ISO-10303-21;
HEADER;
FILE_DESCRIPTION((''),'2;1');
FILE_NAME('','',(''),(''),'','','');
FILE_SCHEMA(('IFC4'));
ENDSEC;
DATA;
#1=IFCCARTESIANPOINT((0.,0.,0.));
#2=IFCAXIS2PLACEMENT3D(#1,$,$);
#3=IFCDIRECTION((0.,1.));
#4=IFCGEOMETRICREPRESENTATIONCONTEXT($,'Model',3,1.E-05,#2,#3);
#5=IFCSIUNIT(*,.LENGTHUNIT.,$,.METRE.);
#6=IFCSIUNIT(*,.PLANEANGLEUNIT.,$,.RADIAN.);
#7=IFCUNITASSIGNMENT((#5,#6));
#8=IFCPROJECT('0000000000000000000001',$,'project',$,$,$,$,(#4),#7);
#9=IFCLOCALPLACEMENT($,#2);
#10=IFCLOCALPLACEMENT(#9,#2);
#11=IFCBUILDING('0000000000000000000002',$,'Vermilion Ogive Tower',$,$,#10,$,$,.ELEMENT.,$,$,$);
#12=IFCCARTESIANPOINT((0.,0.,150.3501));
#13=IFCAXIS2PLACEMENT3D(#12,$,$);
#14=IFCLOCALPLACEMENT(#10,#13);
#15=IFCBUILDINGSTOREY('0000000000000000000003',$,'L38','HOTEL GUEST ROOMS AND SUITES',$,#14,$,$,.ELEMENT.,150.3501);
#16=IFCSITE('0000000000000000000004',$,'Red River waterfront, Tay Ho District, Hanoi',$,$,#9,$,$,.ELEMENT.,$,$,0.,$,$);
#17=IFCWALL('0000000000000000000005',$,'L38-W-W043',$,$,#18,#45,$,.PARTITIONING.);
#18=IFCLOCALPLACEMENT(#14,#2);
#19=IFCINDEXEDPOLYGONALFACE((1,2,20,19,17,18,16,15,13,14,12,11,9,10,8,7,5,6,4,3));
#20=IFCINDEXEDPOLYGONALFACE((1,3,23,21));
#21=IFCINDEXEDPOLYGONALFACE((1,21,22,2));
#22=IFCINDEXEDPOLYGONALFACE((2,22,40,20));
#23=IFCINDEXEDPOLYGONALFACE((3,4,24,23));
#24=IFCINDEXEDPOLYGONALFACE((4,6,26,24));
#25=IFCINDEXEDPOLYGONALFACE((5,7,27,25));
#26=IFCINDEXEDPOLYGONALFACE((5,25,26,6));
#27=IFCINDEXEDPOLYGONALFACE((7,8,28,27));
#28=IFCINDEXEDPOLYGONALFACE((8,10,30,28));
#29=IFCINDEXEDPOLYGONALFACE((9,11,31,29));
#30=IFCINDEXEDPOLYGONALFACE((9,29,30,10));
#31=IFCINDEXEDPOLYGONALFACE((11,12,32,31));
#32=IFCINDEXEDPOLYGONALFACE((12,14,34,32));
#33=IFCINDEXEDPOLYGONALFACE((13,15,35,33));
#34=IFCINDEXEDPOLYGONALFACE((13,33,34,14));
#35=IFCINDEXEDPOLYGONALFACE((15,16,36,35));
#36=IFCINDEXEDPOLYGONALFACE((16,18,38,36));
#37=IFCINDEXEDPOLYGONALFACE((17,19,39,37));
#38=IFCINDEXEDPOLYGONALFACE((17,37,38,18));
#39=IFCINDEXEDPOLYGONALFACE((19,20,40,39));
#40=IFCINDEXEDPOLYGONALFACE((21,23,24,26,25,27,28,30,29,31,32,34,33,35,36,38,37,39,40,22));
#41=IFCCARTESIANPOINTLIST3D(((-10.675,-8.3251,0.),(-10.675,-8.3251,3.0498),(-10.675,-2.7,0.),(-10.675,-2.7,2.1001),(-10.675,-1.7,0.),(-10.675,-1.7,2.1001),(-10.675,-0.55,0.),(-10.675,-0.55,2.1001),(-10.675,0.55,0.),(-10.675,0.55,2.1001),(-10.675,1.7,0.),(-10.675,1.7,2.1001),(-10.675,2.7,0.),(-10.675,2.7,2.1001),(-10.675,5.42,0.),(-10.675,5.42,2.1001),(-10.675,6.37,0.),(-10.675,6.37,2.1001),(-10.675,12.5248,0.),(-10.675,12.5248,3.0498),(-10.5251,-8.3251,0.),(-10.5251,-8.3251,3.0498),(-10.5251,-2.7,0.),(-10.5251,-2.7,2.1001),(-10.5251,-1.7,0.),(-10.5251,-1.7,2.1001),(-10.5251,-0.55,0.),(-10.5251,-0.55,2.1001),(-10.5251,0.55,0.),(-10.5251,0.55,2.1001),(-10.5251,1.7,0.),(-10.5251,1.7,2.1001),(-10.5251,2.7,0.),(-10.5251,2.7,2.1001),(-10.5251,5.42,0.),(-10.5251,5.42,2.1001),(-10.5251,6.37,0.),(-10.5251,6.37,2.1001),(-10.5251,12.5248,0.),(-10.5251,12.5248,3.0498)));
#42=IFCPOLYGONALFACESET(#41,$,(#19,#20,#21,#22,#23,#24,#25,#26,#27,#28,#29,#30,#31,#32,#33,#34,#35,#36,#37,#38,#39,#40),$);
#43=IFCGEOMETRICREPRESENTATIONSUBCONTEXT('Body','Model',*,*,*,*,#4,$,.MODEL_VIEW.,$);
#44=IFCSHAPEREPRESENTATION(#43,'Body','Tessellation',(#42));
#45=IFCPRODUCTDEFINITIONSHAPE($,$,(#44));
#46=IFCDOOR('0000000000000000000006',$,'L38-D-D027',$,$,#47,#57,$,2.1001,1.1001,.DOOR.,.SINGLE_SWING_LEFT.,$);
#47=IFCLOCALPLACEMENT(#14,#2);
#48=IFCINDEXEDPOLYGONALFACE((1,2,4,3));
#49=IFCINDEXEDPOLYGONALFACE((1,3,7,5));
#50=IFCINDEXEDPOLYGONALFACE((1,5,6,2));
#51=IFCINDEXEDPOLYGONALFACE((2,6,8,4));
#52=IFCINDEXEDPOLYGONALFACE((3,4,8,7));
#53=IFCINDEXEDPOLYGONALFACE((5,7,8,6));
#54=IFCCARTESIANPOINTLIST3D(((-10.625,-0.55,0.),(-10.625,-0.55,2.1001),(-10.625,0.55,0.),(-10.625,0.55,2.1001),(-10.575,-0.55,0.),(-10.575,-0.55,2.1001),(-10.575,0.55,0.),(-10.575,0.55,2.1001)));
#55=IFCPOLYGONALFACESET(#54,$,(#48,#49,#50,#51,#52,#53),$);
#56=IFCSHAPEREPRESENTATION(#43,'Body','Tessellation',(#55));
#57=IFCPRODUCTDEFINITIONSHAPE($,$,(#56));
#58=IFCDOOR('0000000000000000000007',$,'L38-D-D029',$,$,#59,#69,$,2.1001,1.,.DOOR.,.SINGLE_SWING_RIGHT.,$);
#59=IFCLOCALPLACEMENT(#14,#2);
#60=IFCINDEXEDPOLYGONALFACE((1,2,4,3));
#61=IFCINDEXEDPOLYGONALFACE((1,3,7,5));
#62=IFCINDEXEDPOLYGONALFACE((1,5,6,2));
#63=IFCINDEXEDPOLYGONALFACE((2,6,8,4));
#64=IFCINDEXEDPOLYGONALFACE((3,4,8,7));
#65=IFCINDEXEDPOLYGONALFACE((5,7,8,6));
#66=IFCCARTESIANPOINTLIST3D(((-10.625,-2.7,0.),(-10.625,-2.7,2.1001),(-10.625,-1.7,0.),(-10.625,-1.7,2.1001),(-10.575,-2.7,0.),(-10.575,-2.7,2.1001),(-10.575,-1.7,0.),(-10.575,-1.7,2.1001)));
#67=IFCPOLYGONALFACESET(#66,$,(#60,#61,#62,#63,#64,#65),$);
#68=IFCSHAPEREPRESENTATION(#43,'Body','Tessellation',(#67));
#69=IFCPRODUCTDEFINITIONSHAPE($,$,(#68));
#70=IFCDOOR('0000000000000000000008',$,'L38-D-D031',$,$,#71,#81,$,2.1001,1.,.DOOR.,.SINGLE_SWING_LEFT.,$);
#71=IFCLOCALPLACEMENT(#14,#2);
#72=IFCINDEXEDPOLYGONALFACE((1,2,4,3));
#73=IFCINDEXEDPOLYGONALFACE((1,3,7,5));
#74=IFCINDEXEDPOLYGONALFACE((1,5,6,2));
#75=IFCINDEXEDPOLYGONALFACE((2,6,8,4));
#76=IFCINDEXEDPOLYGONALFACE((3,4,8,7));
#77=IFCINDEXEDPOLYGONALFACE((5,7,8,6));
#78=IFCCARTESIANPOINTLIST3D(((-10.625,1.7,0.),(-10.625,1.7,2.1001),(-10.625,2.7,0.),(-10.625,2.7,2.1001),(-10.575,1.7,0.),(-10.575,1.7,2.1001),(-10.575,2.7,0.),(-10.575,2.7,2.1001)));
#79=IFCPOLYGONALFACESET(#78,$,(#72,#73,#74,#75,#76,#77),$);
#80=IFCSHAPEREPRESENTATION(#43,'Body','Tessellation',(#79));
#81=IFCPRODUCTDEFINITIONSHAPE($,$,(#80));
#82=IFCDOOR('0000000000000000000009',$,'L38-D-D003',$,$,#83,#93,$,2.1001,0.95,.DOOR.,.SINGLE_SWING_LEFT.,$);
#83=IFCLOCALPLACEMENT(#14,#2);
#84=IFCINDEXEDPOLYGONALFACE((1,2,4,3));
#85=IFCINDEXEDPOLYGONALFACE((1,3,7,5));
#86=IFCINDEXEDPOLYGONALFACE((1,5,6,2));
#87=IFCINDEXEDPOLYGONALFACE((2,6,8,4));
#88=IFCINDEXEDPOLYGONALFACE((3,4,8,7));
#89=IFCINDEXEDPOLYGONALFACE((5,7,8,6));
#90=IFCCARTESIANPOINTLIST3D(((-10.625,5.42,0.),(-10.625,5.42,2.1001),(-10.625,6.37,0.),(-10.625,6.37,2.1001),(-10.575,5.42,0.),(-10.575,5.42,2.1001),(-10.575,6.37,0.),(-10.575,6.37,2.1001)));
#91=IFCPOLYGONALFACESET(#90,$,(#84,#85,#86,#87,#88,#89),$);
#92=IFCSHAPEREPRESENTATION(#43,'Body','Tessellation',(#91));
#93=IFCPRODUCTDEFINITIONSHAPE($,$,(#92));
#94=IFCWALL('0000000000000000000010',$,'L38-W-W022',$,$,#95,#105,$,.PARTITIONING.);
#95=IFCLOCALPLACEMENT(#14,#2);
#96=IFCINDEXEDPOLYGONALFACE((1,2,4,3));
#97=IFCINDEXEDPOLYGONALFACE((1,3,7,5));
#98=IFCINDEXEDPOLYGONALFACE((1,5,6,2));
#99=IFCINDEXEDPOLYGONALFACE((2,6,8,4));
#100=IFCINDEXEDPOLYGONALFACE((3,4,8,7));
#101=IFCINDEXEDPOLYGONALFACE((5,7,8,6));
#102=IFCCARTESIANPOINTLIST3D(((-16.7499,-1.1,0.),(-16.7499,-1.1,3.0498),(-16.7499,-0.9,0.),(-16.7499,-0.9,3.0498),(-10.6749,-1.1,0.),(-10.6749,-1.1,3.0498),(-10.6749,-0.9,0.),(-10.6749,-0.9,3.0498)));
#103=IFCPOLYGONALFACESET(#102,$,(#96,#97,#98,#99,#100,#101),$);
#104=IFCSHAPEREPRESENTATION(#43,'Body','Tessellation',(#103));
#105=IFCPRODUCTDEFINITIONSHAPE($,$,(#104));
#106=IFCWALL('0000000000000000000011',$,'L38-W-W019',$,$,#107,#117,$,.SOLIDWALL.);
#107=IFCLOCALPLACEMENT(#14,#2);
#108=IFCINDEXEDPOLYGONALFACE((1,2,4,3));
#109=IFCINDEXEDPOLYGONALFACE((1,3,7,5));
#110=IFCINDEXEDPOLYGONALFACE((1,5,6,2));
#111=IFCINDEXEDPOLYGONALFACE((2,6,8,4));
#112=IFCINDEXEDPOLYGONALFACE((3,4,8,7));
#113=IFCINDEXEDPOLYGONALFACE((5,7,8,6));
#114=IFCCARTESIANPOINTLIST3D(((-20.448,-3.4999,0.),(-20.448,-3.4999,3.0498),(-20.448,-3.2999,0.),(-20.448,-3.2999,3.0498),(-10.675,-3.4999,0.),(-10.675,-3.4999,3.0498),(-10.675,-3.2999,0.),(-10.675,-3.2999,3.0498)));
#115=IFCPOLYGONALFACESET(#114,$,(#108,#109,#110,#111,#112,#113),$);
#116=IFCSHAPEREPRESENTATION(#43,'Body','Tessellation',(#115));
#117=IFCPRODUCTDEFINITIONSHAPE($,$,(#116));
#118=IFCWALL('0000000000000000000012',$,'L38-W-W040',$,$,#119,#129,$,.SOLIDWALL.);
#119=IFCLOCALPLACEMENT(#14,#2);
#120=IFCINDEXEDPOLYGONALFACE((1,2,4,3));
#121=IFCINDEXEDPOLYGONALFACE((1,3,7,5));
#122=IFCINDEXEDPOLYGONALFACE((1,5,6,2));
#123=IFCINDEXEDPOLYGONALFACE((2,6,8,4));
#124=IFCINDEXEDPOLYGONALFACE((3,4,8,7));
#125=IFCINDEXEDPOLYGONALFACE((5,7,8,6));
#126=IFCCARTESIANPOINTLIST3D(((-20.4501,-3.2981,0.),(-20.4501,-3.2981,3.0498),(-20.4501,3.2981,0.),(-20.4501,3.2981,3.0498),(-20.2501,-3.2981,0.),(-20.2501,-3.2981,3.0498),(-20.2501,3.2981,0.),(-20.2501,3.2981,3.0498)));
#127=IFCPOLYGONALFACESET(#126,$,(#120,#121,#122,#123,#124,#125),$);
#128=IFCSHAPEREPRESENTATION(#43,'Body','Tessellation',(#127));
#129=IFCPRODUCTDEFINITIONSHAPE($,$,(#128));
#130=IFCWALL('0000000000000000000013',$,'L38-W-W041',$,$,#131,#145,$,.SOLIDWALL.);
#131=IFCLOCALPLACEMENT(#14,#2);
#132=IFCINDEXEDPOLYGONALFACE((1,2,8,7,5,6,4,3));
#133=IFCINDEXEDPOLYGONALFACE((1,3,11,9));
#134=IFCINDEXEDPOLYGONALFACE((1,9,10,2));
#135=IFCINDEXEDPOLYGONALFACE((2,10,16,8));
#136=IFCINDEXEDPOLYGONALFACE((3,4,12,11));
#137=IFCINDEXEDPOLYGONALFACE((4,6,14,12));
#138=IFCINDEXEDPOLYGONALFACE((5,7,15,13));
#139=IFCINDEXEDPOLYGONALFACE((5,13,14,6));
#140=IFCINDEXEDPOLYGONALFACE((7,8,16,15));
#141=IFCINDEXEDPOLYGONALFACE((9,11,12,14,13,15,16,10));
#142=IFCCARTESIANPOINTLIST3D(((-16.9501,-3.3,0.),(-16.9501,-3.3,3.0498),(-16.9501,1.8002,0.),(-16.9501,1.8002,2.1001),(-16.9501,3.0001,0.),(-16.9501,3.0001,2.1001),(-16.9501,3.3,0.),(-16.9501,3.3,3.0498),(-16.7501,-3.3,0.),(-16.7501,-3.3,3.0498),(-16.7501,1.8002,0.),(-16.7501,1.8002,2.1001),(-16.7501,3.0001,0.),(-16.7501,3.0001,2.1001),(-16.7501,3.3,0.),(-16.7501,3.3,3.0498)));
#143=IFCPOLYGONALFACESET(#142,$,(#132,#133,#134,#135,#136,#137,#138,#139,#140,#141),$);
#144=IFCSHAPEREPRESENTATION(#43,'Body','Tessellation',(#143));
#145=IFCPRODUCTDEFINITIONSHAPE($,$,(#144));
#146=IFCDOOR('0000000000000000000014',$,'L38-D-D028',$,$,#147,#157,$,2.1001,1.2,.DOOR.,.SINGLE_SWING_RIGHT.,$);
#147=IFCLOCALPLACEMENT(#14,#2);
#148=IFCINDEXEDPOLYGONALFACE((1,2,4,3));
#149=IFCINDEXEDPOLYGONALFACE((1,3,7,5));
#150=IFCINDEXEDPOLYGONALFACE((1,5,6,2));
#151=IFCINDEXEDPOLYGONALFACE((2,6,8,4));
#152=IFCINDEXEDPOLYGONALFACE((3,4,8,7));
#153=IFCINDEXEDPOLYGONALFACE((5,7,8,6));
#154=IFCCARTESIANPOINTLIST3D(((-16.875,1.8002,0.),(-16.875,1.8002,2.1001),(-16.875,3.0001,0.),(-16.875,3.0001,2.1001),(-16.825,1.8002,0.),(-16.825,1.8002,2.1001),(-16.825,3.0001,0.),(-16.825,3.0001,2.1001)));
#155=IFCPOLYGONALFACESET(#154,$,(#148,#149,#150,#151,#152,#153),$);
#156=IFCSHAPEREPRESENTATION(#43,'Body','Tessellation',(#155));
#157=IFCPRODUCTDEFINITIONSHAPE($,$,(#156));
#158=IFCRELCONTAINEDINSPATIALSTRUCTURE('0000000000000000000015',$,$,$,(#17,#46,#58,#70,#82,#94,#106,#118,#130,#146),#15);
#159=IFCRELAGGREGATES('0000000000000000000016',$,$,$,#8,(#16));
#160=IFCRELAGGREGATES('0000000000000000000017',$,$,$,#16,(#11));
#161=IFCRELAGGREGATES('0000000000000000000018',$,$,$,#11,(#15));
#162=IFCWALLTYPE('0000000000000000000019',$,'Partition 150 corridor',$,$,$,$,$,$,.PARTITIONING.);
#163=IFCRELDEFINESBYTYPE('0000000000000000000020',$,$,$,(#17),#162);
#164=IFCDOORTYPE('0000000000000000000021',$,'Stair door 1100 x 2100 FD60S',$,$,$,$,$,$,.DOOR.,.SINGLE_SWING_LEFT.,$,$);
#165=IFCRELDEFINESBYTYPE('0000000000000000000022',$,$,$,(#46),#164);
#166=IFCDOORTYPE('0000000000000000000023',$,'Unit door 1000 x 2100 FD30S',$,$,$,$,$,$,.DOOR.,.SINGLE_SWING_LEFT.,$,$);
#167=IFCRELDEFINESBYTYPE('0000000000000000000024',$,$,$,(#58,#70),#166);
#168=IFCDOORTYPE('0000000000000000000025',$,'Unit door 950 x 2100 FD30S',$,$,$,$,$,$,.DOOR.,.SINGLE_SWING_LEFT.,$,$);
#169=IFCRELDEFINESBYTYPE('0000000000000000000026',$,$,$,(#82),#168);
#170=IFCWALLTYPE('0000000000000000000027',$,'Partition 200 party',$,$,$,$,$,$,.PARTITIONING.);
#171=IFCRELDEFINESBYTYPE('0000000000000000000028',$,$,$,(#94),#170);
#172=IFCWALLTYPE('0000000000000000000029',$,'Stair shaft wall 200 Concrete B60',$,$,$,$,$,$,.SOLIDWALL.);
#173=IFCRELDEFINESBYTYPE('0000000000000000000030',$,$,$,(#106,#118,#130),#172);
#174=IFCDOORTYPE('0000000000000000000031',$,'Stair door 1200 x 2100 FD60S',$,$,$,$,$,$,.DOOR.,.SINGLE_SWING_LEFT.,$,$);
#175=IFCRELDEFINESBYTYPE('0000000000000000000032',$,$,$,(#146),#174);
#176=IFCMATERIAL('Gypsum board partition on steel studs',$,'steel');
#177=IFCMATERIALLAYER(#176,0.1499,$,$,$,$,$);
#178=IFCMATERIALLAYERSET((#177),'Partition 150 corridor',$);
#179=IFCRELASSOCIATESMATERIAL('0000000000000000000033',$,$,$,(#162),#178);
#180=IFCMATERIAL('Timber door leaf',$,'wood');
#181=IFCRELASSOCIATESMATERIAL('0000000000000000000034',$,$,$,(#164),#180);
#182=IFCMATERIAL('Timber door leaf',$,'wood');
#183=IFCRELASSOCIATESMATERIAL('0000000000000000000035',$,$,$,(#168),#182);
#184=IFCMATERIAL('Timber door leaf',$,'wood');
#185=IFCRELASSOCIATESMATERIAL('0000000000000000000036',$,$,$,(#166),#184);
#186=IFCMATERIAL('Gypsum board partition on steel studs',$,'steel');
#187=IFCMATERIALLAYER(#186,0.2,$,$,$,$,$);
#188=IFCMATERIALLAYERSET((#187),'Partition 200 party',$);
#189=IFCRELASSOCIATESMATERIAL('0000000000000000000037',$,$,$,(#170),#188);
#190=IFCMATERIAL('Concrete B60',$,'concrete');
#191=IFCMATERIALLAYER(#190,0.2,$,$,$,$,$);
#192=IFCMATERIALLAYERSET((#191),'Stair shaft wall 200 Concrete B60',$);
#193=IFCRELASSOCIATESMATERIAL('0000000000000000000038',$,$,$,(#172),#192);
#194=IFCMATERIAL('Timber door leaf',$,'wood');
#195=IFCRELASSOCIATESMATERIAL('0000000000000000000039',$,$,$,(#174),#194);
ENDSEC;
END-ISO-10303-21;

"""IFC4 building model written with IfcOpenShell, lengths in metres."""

from ifc_helpers import new_model, si_unit, direction, frame, frame_2d, origin, place, context, subcontext, project, spatial, rectangle, extrude, material, layer, layer_set, type_object, element, fill, save


model = new_model("IFC4")

# Units and contexts
model_context = context("Model", 3, precision=1e-05, world=origin(), true_north=direction((0.0, 1.0)))
body_context = subcontext(model_context, "Body", "Model", "MODEL_VIEW")
ifc_project = project(units=[si_unit("LENGTHUNIT", "METRE"), si_unit("PLANEANGLEUNIT", "RADIAN")], contexts=[model_context])

# Site, building, storey
site_placement = place(None, origin())
site = spatial("IfcSite", under=ifc_project, at=site_placement, Name="Red River waterfront, Tay Ho District, Hanoi", CompositionType="ELEMENT", RefElevation=0.0)
building_placement = place(site_placement, origin())
building = spatial("IfcBuilding", under=site, at=building_placement, Name="Vermilion Ogive Tower", CompositionType="ELEMENT")
storey_placement = place(building_placement, frame((0.0, 0.0, 150.3501)))
storey = spatial("IfcBuildingStorey", under=building, at=storey_placement, Name="L38", Description="HOTEL GUEST ROOMS AND SUITES", CompositionType="ELEMENT", Elevation=150.3501)

# Shared definitions
ifc_material_1 = material(Name="Gypsum board partition on steel studs", Category="steel")
ifc_layer_1 = layer(ifc_material_1, 0.1499)
ifc_layer_set_1 = layer_set([ifc_layer_1], Name="Partition 150 corridor")
wall_type_1 = type_object("IfcWallType", Name="Partition 150 corridor", PredefinedType="PARTITIONING", material=ifc_layer_set_1)
ifc_material_2 = material(Name="Timber door leaf", Category="wood")
door_type_1 = type_object("IfcDoorType", Name="Stair door 1100 x 2100 FD60S", OperationType="SINGLE_SWING_LEFT", PredefinedType="DOOR", material=ifc_material_2)
ifc_material_3 = material(Name="Timber door leaf", Category="wood")
door_type_2 = type_object("IfcDoorType", Name="Unit door 950 x 2100 FD30S", OperationType="SINGLE_SWING_LEFT", PredefinedType="DOOR", material=ifc_material_3)

# Wall, openings, doors
wall_1_placement = place(storey_placement, frame((-10.6001, -8.325, 0.0), z_axis=(0.0, 0.0, 1.0), x_axis=(0.0, 1.0, 0.0)))
wall_1 = element("IfcWall", 1, at=wall_1_placement, inside=storey, type_object=wall_type_1, Name="L38-W-W043", PredefinedType="PARTITIONING", context=body_context, shape_type="SweptSolid", body=[
    extrude(rectangle(XDim=20.8499, YDim=0.1499, at=frame_2d((10.4248, 0.0))), origin(), (0.0, 0.0, 1.0), 3.0498),
])
opening_1_placement = place(wall_1_placement, frame((13.7449, 0.0, 0.0)))
opening_1 = element("IfcOpeningElement", 2, at=opening_1_placement, cuts=wall_1, PredefinedType="OPENING", context=body_context, shape_type="SweptSolid", body=[
    extrude(rectangle(XDim=0.95, YDim=2.1001, at=frame_2d((0.4751, 1.05))), frame((0.0, 0.085, 0.0), z_axis=(0.0, -1.0, 0.0), x_axis=(1.0, 0.0, 0.0)), (0.0, 0.0, 1.0), 0.1699),
])
opening_2_placement = place(wall_1_placement, frame((7.7749, 0.0, 0.0)))
opening_2 = element("IfcOpeningElement", 3, at=opening_2_placement, cuts=wall_1, PredefinedType="OPENING", context=body_context, shape_type="SweptSolid", body=[
    extrude(rectangle(XDim=1.1001, YDim=2.1001, at=frame_2d((0.55, 1.05))), frame((0.0, 0.085, 0.0), z_axis=(0.0, -1.0, 0.0), x_axis=(1.0, 0.0, 0.0)), (0.0, 0.0, 1.0), 0.1699),
])
opening_3_placement = place(wall_1_placement, frame((5.625, 0.0, 0.0)))
opening_3 = element("IfcOpeningElement", 4, at=opening_3_placement, cuts=wall_1, PredefinedType="OPENING", context=body_context, shape_type="SweptSolid", body=[
    extrude(rectangle(XDim=1.0, YDim=2.1001, at=frame_2d((0.5, 1.05))), frame((0.0, 0.085, 0.0), z_axis=(0.0, -1.0, 0.0), x_axis=(1.0, 0.0, 0.0)), (0.0, 0.0, 1.0), 0.1699),
])
opening_4_placement = place(wall_1_placement, frame((10.0249, 0.0, 0.0)))
opening_4 = element("IfcOpeningElement", 5, at=opening_4_placement, cuts=wall_1, PredefinedType="OPENING", context=body_context, shape_type="SweptSolid", body=[
    extrude(rectangle(XDim=1.0, YDim=2.1001, at=frame_2d((0.5, 1.05))), frame((0.0, 0.085, 0.0), z_axis=(0.0, -1.0, 0.0), x_axis=(1.0, 0.0, 0.0)), (0.0, 0.0, 1.0), 0.1699),
])
door_1_placement = place(opening_2_placement, origin())
door_1 = element("IfcDoor", 6, at=door_1_placement, inside=storey, type_object=door_type_1, Name="L38-D-D027", OperationType="SINGLE_SWING_LEFT", OverallHeight=2.1001, OverallWidth=1.1001, PredefinedType="DOOR", context=body_context, shape_type="SweptSolid", body=[
    extrude(rectangle(XDim=1.1001, YDim=2.1001, at=frame_2d((0.55, 1.05))), frame((0.0, 0.0249, 0.0), z_axis=(0.0, -1.0, 0.0), x_axis=(1.0, 0.0, 0.0)), (0.0, 0.0, 1.0), 0.05),
])
fill(opening_2, door_1)
ifc_material_4 = material(Name="Timber door leaf", Category="wood")
door_type_3 = type_object("IfcDoorType", Name="Unit door 1000 x 2100 FD30S", OperationType="SINGLE_SWING_LEFT", PredefinedType="DOOR", material=ifc_material_4)
door_2_placement = place(opening_3_placement, origin())
door_2 = element("IfcDoor", 7, at=door_2_placement, inside=storey, type_object=door_type_3, Name="L38-D-D029", OperationType="SINGLE_SWING_RIGHT", OverallHeight=2.1001, OverallWidth=1.0, PredefinedType="DOOR", context=body_context, shape_type="SweptSolid", body=[
    extrude(rectangle(XDim=1.0, YDim=2.1001, at=frame_2d((0.5, 1.05))), frame((0.0, 0.0249, 0.0), z_axis=(0.0, -1.0, 0.0), x_axis=(1.0, 0.0, 0.0)), (0.0, 0.0, 1.0), 0.05),
])
fill(opening_3, door_2)
door_3_placement = place(opening_4_placement, origin())
door_3 = element("IfcDoor", 8, at=door_3_placement, inside=storey, type_object=door_type_3, Name="L38-D-D031", OperationType="SINGLE_SWING_LEFT", OverallHeight=2.1001, OverallWidth=1.0, PredefinedType="DOOR", context=body_context, shape_type="SweptSolid", body=[
    extrude(rectangle(XDim=1.0, YDim=2.1001, at=frame_2d((0.5, 1.05))), frame((0.0, 0.0249, 0.0), z_axis=(0.0, -1.0, 0.0), x_axis=(1.0, 0.0, 0.0)), (0.0, 0.0, 1.0), 0.05),
])
fill(opening_4, door_3)
door_4_placement = place(opening_1_placement, origin())
door_4 = element("IfcDoor", 9, at=door_4_placement, inside=storey, type_object=door_type_2, Name="L38-D-D003", OperationType="SINGLE_SWING_LEFT", OverallHeight=2.1001, OverallWidth=0.95, PredefinedType="DOOR", context=body_context, shape_type="SweptSolid", body=[
    extrude(rectangle(XDim=0.95, YDim=2.1001, at=frame_2d((0.4751, 1.05))), frame((0.0, 0.0249, 0.0), z_axis=(0.0, -1.0, 0.0), x_axis=(1.0, 0.0, 0.0)), (0.0, 0.0, 1.0), 0.05),
])
fill(opening_1, door_4)

# Walls
ifc_material_5 = material(Name="Gypsum board partition on steel studs", Category="steel")
ifc_layer_2 = layer(ifc_material_5, 0.2)
ifc_layer_set_2 = layer_set([ifc_layer_2], Name="Partition 200 party")
wall_type_2 = type_object("IfcWallType", Name="Partition 200 party", PredefinedType="PARTITIONING", material=ifc_layer_set_2)
wall_2_placement = place(storey_placement, frame((-16.75, -1.0, 0.0), z_axis=(0.0, 0.0, 1.0), x_axis=(1.0, 0.0, 0.0)))
element("IfcWall", 10, at=wall_2_placement, inside=storey, type_object=wall_type_2, Name="L38-W-W022", PredefinedType="PARTITIONING", context=body_context, shape_type="SweptSolid", body=[
    extrude(rectangle(XDim=6.075, YDim=0.2, at=frame_2d((3.0376, 0.0))), origin(), (0.0, 0.0, 1.0), 3.0498),
])
ifc_material_6 = material(Name="Concrete B60", Category="concrete")
ifc_layer_3 = layer(ifc_material_6, 0.2)
ifc_layer_set_3 = layer_set([ifc_layer_3], Name="Stair shaft wall 200 Concrete B60")
wall_type_3 = type_object("IfcWallType", Name="Stair shaft wall 200 Concrete B60", PredefinedType="SOLIDWALL", material=ifc_layer_set_3)
wall_3_placement = place(storey_placement, frame((-20.448, -3.3999, 0.0), z_axis=(0.0, 0.0, 1.0), x_axis=(1.0, 0.0, 0.0)))
element("IfcWall", 11, at=wall_3_placement, inside=storey, type_object=wall_type_3, Name="L38-W-W019", PredefinedType="SOLIDWALL", context=body_context, shape_type="SweptSolid", body=[
    extrude(rectangle(XDim=9.7729, YDim=0.2, at=frame_2d((4.8865, 0.0))), origin(), (0.0, 0.0, 1.0), 3.0498),
])
wall_4_placement = place(storey_placement, frame((-20.3501, -3.2981, 0.0), z_axis=(0.0, 0.0, 1.0), x_axis=(0.0, 1.0, 0.0)))
element("IfcWall", 12, at=wall_4_placement, inside=storey, type_object=wall_type_3, Name="L38-W-W040", PredefinedType="SOLIDWALL", context=body_context, shape_type="SweptSolid", body=[
    extrude(rectangle(XDim=6.5962, YDim=0.2, at=frame_2d((3.2981, 0.0))), origin(), (0.0, 0.0, 1.0), 3.0498),
])

# Wall, opening, door
wall_5_placement = place(storey_placement, frame((-16.8501, -3.3, 0.0), z_axis=(0.0, 0.0, 1.0), x_axis=(0.0, 1.0, 0.0)))
wall_5 = element("IfcWall", 13, at=wall_5_placement, inside=storey, type_object=wall_type_3, Name="L38-W-W041", PredefinedType="SOLIDWALL", context=body_context, shape_type="SweptSolid", body=[
    extrude(rectangle(XDim=6.6001, YDim=0.2, at=frame_2d((3.3, 0.0))), origin(), (0.0, 0.0, 1.0), 3.0498),
])
opening_5_placement = place(wall_5_placement, frame((5.1001, 0.0, 0.0)))
opening_5 = element("IfcOpeningElement", 14, at=opening_5_placement, cuts=wall_5, PredefinedType="OPENING", context=body_context, shape_type="SweptSolid", body=[
    extrude(rectangle(XDim=1.2, YDim=2.1001, at=frame_2d((0.6001, 1.05))), frame((0.0, 0.1099, 0.0), z_axis=(0.0, -1.0, 0.0), x_axis=(1.0, 0.0, 0.0)), (0.0, 0.0, 1.0), 0.22),
])
ifc_material_7 = material(Name="Timber door leaf", Category="wood")
door_type_4 = type_object("IfcDoorType", Name="Stair door 1200 x 2100 FD60S", OperationType="SINGLE_SWING_LEFT", PredefinedType="DOOR", material=ifc_material_7)
door_5_placement = place(opening_5_placement, origin())
door_5 = element("IfcDoor", 15, at=door_5_placement, inside=storey, type_object=door_type_4, Name="L38-D-D028", OperationType="SINGLE_SWING_RIGHT", OverallHeight=2.1001, OverallWidth=1.2, PredefinedType="DOOR", context=body_context, shape_type="SweptSolid", body=[
    extrude(rectangle(XDim=1.2, YDim=2.1001, at=frame_2d((0.6001, 1.05))), frame((0.0, 0.0249, 0.0), z_axis=(0.0, -1.0, 0.0), x_axis=(1.0, 0.0, 0.0)), (0.0, 0.0, 1.0), 0.05),
])
fill(opening_5, door_5)

save(model, "model.ifc")
